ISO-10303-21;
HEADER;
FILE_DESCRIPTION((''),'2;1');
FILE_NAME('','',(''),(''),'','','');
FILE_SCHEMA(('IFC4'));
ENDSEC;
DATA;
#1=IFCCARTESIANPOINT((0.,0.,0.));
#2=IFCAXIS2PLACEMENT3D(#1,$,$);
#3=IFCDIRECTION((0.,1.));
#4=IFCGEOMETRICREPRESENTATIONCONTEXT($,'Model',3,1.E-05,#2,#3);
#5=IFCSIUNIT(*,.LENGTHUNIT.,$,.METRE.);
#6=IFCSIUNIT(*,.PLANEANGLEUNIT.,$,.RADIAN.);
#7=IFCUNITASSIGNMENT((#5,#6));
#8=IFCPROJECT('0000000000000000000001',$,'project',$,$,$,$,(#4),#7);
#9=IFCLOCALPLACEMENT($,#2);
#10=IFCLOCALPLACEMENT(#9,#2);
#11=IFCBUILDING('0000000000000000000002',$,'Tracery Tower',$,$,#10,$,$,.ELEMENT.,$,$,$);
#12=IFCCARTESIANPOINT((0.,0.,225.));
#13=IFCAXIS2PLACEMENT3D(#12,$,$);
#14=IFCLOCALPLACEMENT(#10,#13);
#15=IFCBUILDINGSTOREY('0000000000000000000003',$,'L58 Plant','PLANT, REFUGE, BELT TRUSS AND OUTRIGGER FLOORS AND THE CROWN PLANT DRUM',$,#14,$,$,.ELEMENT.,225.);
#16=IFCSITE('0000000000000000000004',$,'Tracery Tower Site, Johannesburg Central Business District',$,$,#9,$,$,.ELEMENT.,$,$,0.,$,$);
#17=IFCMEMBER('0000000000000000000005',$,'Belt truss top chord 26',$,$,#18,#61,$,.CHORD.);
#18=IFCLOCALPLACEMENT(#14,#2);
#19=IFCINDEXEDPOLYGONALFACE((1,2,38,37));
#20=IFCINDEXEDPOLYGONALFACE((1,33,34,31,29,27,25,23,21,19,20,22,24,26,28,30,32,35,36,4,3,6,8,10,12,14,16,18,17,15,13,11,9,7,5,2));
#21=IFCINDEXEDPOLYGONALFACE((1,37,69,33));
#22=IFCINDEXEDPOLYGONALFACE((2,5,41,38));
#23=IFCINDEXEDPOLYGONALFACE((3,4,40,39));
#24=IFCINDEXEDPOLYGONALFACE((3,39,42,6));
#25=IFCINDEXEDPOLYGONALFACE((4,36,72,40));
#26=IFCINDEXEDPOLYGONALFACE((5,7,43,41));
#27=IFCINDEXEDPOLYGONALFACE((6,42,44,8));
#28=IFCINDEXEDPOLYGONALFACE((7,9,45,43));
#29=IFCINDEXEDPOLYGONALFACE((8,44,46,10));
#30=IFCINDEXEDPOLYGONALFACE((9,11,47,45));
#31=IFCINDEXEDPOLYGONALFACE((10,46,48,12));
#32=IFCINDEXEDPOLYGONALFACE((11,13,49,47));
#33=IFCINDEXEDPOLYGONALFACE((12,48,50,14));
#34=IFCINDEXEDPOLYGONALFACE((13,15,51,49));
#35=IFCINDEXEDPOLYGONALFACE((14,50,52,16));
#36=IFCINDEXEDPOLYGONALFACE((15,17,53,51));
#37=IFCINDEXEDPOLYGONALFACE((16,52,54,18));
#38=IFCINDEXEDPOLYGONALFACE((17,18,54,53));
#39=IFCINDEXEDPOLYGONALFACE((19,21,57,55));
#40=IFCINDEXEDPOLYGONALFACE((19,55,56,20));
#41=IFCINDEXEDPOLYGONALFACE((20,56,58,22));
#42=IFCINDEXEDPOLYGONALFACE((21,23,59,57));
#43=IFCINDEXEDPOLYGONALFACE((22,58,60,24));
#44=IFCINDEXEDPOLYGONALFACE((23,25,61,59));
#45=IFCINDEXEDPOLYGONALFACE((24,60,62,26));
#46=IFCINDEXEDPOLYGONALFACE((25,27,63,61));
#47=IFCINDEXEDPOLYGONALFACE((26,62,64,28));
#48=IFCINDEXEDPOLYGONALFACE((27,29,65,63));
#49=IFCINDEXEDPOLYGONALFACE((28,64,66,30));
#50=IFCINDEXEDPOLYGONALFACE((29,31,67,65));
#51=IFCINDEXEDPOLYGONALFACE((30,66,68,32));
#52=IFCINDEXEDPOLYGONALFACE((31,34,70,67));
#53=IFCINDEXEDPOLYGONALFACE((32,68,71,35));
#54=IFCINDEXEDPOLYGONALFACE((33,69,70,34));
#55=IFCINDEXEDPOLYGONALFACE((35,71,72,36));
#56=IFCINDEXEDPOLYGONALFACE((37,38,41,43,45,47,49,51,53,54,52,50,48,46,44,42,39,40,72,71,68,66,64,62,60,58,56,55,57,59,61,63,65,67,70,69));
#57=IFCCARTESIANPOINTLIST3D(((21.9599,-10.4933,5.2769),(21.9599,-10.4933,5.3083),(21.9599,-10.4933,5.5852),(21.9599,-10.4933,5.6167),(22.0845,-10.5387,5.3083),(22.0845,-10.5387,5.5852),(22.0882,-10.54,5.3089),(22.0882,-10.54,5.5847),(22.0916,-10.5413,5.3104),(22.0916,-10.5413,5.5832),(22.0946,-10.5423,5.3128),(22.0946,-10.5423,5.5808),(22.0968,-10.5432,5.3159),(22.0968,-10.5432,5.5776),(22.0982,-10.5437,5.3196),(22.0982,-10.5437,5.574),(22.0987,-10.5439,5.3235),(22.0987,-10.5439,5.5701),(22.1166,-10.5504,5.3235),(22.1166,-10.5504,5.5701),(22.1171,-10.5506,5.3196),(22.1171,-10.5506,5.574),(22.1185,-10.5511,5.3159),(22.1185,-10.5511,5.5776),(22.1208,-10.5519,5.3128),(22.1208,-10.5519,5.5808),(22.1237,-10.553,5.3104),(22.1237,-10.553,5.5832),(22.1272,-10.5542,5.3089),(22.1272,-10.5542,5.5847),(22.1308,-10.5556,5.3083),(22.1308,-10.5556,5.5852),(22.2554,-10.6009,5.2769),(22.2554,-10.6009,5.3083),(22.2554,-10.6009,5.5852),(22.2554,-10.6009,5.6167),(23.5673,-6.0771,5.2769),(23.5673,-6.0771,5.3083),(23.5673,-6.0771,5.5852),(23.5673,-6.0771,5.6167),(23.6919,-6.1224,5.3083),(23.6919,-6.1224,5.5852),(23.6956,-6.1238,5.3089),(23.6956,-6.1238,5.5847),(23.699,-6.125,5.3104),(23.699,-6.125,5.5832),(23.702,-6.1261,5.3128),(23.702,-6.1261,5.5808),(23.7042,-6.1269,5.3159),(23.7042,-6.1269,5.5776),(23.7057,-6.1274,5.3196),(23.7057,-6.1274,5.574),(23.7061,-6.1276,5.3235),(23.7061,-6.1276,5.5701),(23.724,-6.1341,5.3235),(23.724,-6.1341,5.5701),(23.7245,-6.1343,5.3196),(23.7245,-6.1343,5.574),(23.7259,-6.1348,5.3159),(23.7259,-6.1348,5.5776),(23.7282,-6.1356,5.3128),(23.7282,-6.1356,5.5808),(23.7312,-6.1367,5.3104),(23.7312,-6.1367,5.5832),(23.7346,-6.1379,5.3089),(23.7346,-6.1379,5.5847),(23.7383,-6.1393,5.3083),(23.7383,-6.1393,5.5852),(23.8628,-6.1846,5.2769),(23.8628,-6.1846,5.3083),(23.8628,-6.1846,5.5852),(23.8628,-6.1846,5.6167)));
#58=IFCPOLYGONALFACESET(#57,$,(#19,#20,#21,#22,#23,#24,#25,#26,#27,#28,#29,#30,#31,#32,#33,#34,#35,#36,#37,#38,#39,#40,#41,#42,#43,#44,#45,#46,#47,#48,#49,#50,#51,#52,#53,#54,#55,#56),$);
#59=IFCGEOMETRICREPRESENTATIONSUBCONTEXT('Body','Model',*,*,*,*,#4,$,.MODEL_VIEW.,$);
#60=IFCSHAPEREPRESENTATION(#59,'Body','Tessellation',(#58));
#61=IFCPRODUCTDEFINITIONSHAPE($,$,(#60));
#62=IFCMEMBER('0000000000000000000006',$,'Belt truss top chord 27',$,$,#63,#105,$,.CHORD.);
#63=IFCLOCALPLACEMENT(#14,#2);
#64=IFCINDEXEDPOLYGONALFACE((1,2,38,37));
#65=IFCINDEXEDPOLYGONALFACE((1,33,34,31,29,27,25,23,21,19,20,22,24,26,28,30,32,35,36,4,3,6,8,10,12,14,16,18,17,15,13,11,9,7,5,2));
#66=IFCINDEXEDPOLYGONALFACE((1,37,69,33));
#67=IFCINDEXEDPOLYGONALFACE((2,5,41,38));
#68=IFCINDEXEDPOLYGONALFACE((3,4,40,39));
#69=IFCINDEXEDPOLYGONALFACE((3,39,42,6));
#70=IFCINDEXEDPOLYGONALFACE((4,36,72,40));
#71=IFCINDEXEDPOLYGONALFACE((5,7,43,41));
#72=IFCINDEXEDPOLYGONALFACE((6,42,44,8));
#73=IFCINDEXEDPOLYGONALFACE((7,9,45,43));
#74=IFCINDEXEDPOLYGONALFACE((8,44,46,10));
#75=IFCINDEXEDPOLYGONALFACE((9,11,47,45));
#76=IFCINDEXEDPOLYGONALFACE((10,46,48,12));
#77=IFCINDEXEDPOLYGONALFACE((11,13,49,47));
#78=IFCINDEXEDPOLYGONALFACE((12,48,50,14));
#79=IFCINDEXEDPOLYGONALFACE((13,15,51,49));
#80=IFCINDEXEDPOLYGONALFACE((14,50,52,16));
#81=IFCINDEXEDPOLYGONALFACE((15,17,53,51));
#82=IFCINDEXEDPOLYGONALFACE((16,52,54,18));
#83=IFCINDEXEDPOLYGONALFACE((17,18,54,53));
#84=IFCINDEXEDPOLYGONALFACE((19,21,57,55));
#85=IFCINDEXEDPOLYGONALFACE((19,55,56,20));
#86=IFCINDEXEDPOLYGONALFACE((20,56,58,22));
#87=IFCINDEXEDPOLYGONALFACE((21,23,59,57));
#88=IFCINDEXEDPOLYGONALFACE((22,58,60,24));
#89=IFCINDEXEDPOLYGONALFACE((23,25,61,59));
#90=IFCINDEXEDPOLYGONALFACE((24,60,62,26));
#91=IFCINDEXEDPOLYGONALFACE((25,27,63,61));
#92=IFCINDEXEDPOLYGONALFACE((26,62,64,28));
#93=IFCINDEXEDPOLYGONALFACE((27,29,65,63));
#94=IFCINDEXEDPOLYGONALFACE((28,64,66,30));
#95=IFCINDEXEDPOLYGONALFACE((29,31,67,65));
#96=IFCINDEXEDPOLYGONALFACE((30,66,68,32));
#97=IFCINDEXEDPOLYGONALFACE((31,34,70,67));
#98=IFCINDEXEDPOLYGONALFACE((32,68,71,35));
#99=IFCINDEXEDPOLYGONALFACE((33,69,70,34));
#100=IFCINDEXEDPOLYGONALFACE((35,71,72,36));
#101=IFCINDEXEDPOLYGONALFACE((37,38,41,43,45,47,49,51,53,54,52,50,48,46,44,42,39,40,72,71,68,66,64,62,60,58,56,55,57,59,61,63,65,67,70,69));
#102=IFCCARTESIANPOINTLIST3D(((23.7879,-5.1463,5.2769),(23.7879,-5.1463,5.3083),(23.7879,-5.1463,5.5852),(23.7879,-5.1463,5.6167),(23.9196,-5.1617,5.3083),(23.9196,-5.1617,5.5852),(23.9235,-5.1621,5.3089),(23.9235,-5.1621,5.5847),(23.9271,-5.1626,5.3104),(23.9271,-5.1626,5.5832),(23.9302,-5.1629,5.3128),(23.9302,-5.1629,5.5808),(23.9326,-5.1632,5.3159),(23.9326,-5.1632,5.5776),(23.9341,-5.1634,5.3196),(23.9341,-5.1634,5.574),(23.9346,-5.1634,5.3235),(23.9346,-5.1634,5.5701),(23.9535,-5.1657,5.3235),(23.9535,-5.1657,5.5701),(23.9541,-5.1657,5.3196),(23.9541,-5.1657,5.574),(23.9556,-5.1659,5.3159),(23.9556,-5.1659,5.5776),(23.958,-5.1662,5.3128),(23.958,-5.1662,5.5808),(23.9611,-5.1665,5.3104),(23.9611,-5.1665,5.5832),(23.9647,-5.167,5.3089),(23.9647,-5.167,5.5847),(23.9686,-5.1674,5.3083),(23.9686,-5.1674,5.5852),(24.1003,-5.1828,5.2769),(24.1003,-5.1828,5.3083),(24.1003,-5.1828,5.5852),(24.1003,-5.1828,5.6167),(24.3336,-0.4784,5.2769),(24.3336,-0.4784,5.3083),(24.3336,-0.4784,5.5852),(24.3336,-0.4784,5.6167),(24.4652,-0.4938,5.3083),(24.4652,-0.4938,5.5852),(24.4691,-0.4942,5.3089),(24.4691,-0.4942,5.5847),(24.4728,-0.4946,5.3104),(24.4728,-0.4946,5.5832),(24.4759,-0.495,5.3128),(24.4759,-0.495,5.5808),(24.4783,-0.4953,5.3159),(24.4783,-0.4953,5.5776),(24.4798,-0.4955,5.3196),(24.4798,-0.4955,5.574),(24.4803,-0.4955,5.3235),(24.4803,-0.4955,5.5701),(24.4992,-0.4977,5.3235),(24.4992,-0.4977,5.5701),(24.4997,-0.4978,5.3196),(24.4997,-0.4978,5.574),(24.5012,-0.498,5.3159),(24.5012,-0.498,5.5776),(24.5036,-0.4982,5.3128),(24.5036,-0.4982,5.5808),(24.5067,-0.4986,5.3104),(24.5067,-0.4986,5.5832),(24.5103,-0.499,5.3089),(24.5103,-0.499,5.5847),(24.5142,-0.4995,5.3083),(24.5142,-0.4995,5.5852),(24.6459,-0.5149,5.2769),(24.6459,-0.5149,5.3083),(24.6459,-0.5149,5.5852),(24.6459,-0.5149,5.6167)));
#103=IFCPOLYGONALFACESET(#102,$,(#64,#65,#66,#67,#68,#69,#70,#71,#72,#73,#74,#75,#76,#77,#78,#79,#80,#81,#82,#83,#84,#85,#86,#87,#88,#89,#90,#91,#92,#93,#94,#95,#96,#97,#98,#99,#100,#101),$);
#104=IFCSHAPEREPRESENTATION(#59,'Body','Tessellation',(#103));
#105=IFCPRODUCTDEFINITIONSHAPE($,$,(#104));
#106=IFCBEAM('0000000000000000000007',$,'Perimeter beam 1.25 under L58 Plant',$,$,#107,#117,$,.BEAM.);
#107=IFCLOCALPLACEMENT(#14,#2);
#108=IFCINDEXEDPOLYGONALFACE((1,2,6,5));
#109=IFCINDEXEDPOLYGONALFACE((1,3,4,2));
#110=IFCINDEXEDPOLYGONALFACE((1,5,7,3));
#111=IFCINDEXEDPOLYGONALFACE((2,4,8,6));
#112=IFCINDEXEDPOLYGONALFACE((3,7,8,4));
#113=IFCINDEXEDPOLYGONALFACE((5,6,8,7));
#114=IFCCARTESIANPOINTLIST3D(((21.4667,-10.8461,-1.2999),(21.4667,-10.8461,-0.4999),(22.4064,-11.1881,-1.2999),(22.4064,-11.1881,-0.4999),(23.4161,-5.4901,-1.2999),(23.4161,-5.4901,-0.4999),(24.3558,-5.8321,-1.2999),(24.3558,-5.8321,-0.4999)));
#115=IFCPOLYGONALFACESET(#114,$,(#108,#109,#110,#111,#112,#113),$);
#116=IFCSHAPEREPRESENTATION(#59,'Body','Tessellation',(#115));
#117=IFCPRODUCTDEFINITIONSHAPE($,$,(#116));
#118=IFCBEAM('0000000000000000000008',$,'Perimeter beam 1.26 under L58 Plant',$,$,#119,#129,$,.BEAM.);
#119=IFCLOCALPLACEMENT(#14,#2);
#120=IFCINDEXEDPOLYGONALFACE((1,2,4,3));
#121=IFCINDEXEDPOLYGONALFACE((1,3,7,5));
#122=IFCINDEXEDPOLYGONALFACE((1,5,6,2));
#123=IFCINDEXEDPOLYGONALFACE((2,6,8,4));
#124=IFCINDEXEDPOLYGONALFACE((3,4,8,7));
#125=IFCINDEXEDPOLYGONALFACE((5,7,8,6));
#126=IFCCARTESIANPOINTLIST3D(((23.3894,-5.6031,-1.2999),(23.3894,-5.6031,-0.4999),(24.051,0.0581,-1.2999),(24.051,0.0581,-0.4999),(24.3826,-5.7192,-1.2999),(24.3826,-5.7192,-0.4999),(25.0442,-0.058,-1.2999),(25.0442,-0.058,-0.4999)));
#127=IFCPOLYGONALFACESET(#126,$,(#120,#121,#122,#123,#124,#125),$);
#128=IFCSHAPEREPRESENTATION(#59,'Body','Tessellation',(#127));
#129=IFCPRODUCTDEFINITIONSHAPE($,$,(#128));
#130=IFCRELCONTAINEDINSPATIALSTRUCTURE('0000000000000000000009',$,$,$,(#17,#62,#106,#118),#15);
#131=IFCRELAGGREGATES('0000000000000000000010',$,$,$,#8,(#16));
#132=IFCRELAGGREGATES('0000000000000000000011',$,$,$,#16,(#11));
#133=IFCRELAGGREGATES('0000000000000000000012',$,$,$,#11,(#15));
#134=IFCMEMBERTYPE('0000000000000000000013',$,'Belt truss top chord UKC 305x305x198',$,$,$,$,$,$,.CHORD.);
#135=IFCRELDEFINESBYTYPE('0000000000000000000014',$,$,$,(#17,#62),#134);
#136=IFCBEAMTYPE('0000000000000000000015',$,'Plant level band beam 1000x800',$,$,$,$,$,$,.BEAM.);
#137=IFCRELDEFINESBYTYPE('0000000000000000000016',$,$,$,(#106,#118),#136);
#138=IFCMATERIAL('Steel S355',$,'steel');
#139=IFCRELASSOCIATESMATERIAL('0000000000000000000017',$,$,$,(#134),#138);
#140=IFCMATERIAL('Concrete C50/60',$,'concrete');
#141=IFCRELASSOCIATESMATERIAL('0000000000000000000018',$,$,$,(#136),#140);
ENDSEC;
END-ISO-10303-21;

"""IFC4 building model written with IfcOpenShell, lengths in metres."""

from ifc_helpers import new_model, si_unit, direction, frame, origin, origin_2d, place, context, subcontext, project, spatial, rectangle, i_section, extrude, material, material_profile, profile_set, type_object, element, save


model = new_model("IFC4")

# Units and contexts
model_context = context("Model", 3, precision=1e-05, world=origin(), true_north=direction((0.0, 1.0)))
body_context = subcontext(model_context, "Body", "Model", "MODEL_VIEW")
ifc_project = project(units=[si_unit("LENGTHUNIT", "METRE"), si_unit("PLANEANGLEUNIT", "RADIAN")], contexts=[model_context])

# Site, building, storey
site_placement = place(None, origin())
site = spatial("IfcSite", under=ifc_project, at=site_placement, Name="Tracery Tower Site, Johannesburg Central Business District", CompositionType="ELEMENT", RefElevation=0.0)
building_placement = place(site_placement, origin())
building = spatial("IfcBuilding", under=site, at=building_placement, Name="Tracery Tower", CompositionType="ELEMENT")
storey_placement = place(building_placement, frame((0.0, 0.0, 225.0)))
storey = spatial("IfcBuildingStorey", under=building, at=storey_placement, Name="L58 Plant", Description="PLANT, REFUGE, BELT TRUSS AND OUTRIGGER FLOORS AND THE CROWN PLANT DRUM", CompositionType="ELEMENT", Elevation=225.0)

# Members
ifc_material_1 = material(Name="Steel S355", Category="steel")
ifc_material_profile_1 = material_profile(ifc_material_1, i_section(OverallWidth=0.3145, OverallDepth=0.3398, WebThickness=0.019, FlangeThickness=0.0315, FilletRadius=0.0151, at=origin_2d()), Name="UKC 305x305x198")
ifc_profile_set_1 = profile_set([ifc_material_profile_1], Name="Steel S355")
member_type_1 = type_object("IfcMemberType", Name="Belt truss top chord UKC 305x305x198", PredefinedType="CHORD", material=ifc_profile_set_1)
for number, where, z_axis, x_axis, name in (
    (1, (22.1077, -10.5471, 5.4468), (0.342027, 0.93969, 0.0), (-0.93969, 0.342027, 0.0), "Belt truss top chord 26"),
    (2, (23.9441, -5.1646, 5.4468), (0.116103, 0.993237, 0.0), (-0.993237, 0.116103, 0.0), "Belt truss top chord 27"),
):
    element("IfcMember", number, at=place(storey_placement, frame(where, z_axis=z_axis, x_axis=x_axis)), inside=storey, type_object=member_type_1, Name=name, PredefinedType="CHORD", context=body_context, shape_type="SweptSolid", body=[
        extrude(i_section(OverallWidth=0.3145, OverallDepth=0.3398, WebThickness=0.019, FlangeThickness=0.0315, FilletRadius=0.0151, at=origin_2d()), origin(), (0.0, 0.0, 1.0), 4.6997),
    ])

# Beams
ifc_material_2 = material(Name="Concrete C50/60", Category="concrete")
ifc_material_profile_2 = material_profile(ifc_material_2, rectangle(XDim=1.0, YDim=0.8, at=origin_2d()), Name="RC 1000x800")
ifc_profile_set_2 = profile_set([ifc_material_profile_2], Name="Concrete C50/60")
beam_type = type_object("IfcBeamType", Name="Plant level band beam 1000x800", PredefinedType="BEAM", material=ifc_profile_set_2)
for number, where, z_axis, x_axis, name in (
    (3, (21.9365, -11.0171, -0.8999), (0.342029, 0.93969, 0.0), (-0.93969, 0.342029, 0.0), "Perimeter beam 1.25 under L58 Plant"),
    (4, (23.886, -5.6611, -0.8999), (0.116081, 0.99324, 0.0), (-0.99324, 0.116081, 0.0), "Perimeter beam 1.26 under L58 Plant"),
):
    element("IfcBeam", number, at=place(storey_placement, frame(where, z_axis=z_axis, x_axis=x_axis)), inside=storey, type_object=beam_type, Name=name, PredefinedType="BEAM", context=body_context, shape_type="SweptSolid", body=[
        extrude(rectangle(XDim=1.0, YDim=0.8, at=origin_2d()), origin(), (0.0, 0.0, 1.0), 5.6997),
    ])

save(model, "model.ifc")
